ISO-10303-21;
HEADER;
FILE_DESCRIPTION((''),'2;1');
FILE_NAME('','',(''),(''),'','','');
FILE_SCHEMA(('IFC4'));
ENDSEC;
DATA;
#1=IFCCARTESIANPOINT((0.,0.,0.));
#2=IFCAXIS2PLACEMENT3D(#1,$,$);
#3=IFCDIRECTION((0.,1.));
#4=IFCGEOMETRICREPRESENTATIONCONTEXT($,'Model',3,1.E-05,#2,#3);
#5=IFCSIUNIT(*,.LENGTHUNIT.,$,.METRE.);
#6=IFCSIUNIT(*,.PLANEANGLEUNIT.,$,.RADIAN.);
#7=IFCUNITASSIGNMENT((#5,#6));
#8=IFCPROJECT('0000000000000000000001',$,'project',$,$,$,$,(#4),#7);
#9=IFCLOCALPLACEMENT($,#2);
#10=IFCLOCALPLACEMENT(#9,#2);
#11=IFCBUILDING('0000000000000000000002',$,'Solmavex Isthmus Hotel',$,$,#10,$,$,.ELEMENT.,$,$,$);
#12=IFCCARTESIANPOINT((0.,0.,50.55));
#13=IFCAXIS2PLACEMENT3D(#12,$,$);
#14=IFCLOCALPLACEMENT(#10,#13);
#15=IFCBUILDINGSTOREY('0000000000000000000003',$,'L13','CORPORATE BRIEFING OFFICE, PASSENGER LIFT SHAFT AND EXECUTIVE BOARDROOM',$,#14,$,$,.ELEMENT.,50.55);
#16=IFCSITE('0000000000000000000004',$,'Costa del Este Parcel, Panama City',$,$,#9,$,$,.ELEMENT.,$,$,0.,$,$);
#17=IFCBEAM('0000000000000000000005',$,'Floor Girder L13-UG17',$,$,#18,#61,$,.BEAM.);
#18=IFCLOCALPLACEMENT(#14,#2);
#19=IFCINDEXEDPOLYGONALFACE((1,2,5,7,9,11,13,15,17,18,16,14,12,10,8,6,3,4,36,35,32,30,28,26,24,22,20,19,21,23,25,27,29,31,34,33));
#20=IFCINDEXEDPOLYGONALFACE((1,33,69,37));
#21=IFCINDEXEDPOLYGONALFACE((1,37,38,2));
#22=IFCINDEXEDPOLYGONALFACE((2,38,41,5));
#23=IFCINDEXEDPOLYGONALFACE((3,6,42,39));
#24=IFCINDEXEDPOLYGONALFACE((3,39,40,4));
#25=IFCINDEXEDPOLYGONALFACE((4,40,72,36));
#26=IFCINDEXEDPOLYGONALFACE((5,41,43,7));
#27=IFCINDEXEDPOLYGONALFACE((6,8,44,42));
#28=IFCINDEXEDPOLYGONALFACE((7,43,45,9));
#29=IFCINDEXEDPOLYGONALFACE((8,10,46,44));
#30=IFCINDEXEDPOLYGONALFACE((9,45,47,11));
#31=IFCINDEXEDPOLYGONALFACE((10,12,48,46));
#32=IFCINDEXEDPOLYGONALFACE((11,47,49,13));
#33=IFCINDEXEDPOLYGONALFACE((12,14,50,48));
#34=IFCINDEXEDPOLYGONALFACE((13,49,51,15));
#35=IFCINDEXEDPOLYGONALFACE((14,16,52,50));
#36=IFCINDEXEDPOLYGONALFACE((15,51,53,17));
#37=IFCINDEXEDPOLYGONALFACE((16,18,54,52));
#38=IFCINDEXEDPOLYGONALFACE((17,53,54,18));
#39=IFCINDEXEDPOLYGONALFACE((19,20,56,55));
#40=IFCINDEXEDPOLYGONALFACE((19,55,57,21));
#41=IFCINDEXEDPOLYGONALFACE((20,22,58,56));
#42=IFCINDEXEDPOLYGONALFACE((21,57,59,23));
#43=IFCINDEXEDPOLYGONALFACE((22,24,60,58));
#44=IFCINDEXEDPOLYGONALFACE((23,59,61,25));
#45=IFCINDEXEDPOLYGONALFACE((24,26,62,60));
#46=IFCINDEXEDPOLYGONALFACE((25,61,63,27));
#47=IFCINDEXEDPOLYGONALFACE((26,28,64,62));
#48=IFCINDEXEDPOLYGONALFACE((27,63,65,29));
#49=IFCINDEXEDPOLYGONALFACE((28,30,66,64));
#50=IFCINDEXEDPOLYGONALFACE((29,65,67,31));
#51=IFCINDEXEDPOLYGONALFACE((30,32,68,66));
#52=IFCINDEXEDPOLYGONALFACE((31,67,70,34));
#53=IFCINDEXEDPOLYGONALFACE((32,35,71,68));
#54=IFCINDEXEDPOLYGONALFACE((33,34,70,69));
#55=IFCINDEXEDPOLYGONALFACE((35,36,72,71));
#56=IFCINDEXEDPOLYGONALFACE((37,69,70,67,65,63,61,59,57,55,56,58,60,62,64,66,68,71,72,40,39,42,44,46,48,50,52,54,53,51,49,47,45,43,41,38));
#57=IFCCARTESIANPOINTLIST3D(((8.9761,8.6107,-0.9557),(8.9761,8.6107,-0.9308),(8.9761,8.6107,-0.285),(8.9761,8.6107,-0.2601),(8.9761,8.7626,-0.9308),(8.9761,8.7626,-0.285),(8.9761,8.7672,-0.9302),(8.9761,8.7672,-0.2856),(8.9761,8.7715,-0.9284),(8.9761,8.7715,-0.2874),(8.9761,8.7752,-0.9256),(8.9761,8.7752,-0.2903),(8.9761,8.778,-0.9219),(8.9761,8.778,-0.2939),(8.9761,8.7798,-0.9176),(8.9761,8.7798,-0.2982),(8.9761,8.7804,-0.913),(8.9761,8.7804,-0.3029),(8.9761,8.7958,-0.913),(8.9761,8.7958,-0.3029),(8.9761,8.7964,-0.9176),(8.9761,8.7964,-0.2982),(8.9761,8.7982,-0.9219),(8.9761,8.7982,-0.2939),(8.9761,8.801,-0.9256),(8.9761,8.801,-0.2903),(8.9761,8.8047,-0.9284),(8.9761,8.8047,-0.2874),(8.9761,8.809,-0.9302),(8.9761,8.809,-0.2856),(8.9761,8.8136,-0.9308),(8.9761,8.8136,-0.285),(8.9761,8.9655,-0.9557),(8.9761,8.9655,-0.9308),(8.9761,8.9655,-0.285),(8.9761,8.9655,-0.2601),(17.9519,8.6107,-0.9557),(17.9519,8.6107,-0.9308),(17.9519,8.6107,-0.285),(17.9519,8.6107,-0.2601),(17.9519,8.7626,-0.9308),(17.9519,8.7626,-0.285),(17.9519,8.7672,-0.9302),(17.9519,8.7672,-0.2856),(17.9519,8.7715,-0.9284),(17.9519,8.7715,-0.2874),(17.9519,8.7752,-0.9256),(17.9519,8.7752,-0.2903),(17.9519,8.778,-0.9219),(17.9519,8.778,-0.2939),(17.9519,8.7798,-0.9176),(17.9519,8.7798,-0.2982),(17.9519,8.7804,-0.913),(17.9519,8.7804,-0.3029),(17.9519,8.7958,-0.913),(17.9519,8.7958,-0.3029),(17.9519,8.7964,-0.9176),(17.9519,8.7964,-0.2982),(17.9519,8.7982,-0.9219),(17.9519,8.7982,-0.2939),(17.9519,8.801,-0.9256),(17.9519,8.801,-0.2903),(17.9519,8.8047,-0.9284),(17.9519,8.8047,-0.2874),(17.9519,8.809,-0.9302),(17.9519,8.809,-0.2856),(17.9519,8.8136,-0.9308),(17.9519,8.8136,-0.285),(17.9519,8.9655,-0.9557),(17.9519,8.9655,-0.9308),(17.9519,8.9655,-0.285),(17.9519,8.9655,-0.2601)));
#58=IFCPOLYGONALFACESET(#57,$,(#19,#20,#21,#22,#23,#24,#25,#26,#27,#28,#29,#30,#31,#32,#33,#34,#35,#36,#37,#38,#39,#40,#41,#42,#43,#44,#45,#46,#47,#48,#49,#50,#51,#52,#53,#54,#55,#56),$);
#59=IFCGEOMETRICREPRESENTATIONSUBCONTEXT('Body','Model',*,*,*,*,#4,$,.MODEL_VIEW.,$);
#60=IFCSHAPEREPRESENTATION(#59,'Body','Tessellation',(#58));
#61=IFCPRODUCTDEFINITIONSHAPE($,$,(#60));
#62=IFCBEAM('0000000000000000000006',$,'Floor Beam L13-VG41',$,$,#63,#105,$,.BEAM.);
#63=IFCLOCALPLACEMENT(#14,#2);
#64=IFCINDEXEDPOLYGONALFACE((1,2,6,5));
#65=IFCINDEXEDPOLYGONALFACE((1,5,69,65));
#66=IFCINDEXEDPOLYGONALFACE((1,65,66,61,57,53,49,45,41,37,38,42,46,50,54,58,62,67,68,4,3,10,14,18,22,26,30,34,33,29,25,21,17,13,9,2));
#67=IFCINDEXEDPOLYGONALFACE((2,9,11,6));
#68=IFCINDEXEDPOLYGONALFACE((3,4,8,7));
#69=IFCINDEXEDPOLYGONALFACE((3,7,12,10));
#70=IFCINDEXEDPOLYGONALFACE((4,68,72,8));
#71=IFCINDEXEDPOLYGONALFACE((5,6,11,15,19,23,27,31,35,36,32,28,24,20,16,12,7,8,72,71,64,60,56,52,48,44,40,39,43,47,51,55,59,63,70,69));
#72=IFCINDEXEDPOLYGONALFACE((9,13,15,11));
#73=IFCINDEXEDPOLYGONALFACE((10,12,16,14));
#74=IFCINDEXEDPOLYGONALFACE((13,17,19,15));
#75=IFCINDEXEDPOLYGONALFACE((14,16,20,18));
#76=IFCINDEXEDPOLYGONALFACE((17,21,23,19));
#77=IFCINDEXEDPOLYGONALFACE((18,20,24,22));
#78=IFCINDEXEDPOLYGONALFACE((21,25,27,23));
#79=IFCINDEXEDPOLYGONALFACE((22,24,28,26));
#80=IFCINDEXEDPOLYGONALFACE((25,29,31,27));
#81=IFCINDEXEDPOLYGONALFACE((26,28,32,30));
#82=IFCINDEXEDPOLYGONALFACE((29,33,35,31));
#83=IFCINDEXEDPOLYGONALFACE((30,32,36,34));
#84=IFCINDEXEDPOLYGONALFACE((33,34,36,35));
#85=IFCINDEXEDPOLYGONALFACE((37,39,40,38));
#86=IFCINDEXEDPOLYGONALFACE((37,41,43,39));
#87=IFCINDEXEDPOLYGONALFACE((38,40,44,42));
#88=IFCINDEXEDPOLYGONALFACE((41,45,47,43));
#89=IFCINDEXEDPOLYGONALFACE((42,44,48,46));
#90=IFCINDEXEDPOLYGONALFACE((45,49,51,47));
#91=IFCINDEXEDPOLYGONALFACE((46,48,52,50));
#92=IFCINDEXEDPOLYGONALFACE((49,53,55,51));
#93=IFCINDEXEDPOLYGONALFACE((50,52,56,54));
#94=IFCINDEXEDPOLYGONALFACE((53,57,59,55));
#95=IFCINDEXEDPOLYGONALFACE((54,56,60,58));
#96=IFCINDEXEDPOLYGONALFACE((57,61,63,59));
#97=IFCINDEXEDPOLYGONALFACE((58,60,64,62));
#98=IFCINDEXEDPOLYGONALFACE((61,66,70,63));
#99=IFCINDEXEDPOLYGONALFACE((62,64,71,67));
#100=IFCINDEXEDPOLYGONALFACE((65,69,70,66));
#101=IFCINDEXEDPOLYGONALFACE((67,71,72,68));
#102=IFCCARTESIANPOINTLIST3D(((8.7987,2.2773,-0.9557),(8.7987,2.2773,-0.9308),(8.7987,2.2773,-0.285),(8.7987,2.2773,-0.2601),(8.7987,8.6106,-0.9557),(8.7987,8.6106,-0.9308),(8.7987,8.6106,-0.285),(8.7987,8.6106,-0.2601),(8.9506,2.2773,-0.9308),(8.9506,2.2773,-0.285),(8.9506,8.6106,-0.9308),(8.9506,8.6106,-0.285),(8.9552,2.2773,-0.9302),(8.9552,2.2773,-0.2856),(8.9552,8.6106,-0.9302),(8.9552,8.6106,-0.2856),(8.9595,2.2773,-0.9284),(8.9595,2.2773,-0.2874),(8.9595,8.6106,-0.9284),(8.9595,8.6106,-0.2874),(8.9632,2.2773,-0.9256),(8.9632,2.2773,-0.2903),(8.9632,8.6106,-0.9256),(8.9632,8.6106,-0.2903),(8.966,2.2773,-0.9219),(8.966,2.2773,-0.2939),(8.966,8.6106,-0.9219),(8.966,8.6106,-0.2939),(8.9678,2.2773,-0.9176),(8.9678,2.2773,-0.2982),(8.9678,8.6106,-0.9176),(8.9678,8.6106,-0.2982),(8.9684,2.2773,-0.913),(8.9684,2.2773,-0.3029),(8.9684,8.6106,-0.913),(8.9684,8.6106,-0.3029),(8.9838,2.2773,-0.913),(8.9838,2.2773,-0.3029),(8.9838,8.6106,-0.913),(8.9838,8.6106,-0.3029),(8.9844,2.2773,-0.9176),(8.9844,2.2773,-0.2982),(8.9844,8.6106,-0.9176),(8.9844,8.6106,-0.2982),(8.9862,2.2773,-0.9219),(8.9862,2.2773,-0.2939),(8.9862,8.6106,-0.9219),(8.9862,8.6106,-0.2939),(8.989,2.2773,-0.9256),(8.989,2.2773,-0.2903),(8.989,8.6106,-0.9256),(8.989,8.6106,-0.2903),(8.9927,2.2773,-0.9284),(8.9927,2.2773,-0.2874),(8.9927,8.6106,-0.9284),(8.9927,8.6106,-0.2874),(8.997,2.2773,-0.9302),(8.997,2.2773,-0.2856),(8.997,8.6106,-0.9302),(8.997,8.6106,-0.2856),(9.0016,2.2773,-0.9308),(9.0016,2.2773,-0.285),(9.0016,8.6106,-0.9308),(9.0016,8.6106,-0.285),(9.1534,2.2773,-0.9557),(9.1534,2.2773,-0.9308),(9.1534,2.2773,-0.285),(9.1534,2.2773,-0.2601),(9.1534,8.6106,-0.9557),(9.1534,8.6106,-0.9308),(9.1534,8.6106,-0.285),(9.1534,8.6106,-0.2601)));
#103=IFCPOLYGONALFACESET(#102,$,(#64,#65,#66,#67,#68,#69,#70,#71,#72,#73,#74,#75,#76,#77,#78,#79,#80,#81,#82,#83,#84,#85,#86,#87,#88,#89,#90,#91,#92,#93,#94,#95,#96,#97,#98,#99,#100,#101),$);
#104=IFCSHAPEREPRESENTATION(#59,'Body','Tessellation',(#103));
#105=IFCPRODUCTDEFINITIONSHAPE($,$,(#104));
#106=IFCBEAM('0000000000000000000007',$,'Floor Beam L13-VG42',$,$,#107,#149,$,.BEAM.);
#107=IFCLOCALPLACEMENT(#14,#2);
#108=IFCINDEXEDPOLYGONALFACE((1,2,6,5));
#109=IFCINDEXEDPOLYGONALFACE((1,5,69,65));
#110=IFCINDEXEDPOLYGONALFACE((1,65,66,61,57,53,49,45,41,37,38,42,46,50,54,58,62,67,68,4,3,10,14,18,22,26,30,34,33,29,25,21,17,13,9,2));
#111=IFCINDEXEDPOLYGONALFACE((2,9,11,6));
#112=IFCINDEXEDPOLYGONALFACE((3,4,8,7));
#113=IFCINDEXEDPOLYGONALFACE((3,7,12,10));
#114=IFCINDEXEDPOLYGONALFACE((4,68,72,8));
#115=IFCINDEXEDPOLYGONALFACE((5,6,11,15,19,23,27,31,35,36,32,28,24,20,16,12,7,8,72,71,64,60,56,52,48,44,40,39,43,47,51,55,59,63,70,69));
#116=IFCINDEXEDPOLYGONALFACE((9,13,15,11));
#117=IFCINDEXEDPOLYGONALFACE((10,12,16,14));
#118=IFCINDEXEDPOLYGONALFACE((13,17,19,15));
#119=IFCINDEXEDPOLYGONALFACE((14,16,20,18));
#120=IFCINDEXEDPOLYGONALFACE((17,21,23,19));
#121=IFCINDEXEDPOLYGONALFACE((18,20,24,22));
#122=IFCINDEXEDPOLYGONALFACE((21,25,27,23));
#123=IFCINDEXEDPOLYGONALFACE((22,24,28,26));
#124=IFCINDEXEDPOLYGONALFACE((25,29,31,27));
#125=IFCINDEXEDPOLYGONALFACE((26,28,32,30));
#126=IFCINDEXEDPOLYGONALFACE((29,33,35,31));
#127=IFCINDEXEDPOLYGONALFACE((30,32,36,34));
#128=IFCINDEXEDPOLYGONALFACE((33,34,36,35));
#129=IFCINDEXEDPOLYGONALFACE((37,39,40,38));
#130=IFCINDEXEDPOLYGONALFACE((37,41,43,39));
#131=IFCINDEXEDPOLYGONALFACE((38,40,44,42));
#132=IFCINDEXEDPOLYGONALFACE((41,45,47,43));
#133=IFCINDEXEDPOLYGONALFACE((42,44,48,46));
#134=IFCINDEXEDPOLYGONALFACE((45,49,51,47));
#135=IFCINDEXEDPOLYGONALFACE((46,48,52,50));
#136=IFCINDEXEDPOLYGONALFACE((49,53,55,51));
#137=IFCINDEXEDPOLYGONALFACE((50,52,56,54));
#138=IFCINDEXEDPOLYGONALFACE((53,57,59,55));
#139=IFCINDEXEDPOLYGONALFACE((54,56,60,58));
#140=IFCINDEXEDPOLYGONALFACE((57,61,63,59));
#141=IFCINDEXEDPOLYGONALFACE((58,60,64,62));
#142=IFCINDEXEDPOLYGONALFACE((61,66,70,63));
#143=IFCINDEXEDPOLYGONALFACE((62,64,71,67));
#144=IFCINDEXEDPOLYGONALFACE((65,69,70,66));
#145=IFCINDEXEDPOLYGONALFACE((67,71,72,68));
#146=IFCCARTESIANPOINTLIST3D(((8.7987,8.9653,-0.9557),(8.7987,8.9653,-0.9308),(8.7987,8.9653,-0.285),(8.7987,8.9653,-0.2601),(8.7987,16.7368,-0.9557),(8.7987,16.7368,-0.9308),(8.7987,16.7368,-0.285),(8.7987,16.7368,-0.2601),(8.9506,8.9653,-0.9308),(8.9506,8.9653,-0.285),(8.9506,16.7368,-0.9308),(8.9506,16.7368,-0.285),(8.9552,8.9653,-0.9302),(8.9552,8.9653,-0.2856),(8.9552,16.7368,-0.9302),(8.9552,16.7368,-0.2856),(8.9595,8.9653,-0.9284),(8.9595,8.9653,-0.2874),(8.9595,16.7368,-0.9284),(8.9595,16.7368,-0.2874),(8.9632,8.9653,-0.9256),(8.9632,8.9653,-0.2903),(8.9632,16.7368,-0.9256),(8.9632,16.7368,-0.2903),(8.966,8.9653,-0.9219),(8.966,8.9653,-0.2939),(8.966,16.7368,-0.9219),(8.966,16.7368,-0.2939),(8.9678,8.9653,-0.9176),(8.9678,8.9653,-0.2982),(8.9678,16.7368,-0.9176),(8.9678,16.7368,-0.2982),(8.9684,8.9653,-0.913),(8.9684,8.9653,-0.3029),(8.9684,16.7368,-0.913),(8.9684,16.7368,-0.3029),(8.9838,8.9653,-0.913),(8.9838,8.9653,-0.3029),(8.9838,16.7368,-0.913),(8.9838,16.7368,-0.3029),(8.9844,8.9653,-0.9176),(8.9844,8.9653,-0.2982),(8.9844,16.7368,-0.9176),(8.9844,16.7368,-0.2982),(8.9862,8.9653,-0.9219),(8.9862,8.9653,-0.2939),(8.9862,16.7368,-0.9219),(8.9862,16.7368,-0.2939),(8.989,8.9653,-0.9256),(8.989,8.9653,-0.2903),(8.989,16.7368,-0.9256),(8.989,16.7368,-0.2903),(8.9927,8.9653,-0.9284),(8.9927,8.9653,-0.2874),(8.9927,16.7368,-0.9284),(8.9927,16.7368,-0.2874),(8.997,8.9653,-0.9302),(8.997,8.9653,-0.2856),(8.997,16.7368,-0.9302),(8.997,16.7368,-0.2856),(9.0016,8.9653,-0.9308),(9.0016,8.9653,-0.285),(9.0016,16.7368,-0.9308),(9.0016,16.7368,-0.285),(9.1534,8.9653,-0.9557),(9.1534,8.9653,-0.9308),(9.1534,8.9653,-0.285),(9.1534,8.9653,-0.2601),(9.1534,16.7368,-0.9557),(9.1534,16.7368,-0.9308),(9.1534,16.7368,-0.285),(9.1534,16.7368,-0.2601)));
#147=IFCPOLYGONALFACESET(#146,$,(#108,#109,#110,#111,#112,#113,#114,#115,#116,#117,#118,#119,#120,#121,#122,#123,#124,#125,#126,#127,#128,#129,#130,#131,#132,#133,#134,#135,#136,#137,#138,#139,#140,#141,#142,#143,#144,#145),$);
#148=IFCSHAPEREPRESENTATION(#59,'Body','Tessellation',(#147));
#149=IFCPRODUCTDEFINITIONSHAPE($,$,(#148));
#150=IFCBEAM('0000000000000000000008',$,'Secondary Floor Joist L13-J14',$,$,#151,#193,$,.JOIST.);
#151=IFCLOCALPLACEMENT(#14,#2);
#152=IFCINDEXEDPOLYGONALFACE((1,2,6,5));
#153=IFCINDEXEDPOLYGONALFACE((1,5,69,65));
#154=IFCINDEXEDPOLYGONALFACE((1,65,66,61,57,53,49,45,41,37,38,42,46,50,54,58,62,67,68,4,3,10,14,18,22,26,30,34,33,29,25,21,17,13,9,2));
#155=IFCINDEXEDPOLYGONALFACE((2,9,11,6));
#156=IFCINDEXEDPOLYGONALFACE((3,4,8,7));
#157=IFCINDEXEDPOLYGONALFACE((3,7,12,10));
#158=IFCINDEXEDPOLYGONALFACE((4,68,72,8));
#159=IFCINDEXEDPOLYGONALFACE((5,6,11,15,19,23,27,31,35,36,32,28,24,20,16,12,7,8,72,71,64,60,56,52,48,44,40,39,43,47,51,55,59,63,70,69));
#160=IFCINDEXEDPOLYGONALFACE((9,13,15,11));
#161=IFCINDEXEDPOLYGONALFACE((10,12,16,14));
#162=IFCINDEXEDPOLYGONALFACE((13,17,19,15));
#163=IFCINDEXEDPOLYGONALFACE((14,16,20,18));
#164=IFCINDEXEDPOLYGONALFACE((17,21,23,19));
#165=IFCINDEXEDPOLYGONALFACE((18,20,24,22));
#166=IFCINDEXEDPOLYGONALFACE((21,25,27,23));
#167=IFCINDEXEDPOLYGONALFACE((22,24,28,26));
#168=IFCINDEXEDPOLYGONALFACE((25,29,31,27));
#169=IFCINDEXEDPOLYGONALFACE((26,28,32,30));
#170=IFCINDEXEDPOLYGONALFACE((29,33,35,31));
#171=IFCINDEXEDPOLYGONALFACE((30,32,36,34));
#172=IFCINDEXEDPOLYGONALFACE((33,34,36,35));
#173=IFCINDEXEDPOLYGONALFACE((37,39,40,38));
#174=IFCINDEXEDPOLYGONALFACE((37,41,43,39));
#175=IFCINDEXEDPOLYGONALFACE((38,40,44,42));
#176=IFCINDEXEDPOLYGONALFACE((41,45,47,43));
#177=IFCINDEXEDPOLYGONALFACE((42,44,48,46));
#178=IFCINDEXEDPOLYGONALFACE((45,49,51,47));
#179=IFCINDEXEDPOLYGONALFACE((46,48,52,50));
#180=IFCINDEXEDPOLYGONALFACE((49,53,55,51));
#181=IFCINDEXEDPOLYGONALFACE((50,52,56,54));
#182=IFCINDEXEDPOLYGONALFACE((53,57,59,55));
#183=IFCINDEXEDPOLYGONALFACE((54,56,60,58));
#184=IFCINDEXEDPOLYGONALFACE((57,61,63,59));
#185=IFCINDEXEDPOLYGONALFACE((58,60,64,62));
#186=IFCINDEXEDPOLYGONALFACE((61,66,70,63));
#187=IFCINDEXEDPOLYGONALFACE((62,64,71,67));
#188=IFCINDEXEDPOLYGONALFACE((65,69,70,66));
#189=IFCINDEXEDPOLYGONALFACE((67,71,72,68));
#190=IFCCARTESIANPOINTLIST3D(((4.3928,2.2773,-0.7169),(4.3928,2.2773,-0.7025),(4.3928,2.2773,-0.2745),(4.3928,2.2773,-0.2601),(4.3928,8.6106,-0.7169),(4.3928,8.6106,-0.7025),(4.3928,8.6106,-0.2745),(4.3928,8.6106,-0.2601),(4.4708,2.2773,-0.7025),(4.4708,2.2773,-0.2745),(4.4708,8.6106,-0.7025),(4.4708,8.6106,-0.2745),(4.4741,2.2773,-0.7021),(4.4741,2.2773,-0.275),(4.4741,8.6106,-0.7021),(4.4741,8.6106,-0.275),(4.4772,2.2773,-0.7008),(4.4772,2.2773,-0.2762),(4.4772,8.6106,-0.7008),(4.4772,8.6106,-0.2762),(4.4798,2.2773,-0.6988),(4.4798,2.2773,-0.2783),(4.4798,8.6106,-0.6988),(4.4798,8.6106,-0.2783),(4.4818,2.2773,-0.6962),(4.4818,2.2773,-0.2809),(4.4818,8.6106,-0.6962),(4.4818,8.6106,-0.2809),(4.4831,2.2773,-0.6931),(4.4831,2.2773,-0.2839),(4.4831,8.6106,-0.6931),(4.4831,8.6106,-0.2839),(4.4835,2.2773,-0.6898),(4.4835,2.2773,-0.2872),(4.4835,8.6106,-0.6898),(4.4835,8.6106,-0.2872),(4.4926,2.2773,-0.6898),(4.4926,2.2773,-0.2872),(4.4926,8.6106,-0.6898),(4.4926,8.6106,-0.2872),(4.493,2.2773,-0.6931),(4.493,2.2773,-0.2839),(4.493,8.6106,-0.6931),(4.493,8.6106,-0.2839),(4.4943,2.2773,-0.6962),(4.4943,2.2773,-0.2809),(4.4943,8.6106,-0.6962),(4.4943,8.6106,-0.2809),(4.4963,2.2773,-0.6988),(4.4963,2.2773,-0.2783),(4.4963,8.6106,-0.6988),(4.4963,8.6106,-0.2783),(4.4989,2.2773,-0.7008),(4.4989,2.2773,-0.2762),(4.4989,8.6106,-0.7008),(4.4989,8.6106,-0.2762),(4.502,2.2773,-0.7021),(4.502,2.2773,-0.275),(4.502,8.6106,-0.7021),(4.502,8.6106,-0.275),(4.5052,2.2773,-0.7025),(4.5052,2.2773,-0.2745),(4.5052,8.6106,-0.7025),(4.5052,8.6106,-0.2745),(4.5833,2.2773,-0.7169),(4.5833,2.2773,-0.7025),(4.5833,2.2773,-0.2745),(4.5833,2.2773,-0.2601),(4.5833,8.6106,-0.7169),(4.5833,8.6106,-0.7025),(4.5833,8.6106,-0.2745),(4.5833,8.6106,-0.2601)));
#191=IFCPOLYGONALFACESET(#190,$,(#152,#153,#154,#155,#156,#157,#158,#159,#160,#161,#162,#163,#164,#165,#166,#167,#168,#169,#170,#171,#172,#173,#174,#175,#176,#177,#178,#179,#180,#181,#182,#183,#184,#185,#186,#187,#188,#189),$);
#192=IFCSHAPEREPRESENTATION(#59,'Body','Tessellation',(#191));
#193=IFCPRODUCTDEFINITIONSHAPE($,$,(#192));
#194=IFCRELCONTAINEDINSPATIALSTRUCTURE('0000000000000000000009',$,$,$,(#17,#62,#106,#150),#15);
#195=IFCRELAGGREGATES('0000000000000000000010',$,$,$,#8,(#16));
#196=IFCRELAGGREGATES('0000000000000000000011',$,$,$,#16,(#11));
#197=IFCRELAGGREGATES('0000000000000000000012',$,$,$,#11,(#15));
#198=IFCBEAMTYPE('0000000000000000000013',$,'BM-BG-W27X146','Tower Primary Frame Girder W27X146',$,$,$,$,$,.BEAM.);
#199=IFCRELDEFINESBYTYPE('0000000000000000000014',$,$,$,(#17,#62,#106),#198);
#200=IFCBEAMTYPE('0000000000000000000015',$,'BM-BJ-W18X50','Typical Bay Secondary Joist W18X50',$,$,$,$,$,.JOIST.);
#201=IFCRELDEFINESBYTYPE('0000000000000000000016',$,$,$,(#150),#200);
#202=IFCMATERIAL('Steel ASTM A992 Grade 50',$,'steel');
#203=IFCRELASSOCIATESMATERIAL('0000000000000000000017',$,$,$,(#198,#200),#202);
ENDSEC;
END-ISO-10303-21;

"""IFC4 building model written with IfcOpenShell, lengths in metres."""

from ifc_helpers import new_model, si_unit, direction, frame, origin, origin_2d, place, context, subcontext, project, spatial, i_section, extrude, material, material_profile, profile_set, type_object, element, save


model = new_model("IFC4")

# Units and contexts
model_context = context("Model", 3, precision=1e-05, world=origin(), true_north=direction((0.0, 1.0)))
body_context = subcontext(model_context, "Body", "Model", "MODEL_VIEW")
ifc_project = project(units=[si_unit("LENGTHUNIT", "METRE"), si_unit("PLANEANGLEUNIT", "RADIAN")], contexts=[model_context])

# Site, building, storey
site_placement = place(None, origin())
site = spatial("IfcSite", under=ifc_project, at=site_placement, Name="Costa del Este Parcel, Panama City", CompositionType="ELEMENT", RefElevation=0.0)
building_placement = place(site_placement, origin())
building = spatial("IfcBuilding", under=site, at=building_placement, Name="Solmavex Isthmus Hotel", CompositionType="ELEMENT")
storey_placement = place(building_placement, frame((0.0, 0.0, 50.55)))
storey = spatial("IfcBuildingStorey", under=building, at=storey_placement, Name="L13", Description="CORPORATE BRIEFING OFFICE, PASSENGER LIFT SHAFT AND EXECUTIVE BOARDROOM", CompositionType="ELEMENT", Elevation=50.55)

# Beams
ifc_material_1 = material(Name="Steel ASTM A992 Grade 50", Category="steel")
ifc_material_profile_1 = material_profile(ifc_material_1, i_section(OverallWidth=0.3547, OverallDepth=0.6956, WebThickness=0.0154, FlangeThickness=0.0249, FilletRadius=0.0178, at=origin_2d()), Name="W27X146")
ifc_profile_set_1 = profile_set([ifc_material_profile_1], Name="Steel ASTM A992 Grade 50")
beam_type_1 = type_object("IfcBeamType", Name="BM-BG-W27X146", Description="Tower Primary Frame Girder W27X146", PredefinedType="BEAM", material=ifc_profile_set_1)
for number, where, z_axis, x_axis, name in (
    (1, (8.9761, 8.7881, -0.6079), (1.0, 0.0, 0.0), (0.0, 1.0, 0.0), "Floor Girder L13-UG17"),
):
    element("IfcBeam", number, at=place(storey_placement, frame(where, z_axis=z_axis, x_axis=x_axis)), inside=storey, type_object=beam_type_1, Name=name, PredefinedType="BEAM", context=body_context, shape_type="SweptSolid", body=[
        extrude(i_section(OverallWidth=0.3547, OverallDepth=0.6956, WebThickness=0.0154, FlangeThickness=0.0249, FilletRadius=0.0178, at=origin_2d()), origin(), (0.0, 0.0, 1.0), 8.9758),
    ])
beam_1_placement = place(storey_placement, frame((8.9761, 2.2773, -0.6079), z_axis=(0.0, 1.0, 0.0), x_axis=(-1.0, 0.0, 0.0)))
element("IfcBeam", 2, at=beam_1_placement, inside=storey, type_object=beam_type_1, Name="Floor Beam L13-VG41", PredefinedType="BEAM", context=body_context, shape_type="SweptSolid", body=[
    extrude(i_section(OverallWidth=0.3547, OverallDepth=0.6956, WebThickness=0.0154, FlangeThickness=0.0249, FilletRadius=0.0178, at=origin_2d()), origin(), (0.0, 0.0, 1.0), 6.3333),
])
beam_2_placement = place(storey_placement, frame((8.9761, 8.9653, -0.6079), z_axis=(0.0, 1.0, 0.0), x_axis=(-1.0, 0.0, 0.0)))
element("IfcBeam", 3, at=beam_2_placement, inside=storey, type_object=beam_type_1, Name="Floor Beam L13-VG42", PredefinedType="BEAM", context=body_context, shape_type="SweptSolid", body=[
    extrude(i_section(OverallWidth=0.3547, OverallDepth=0.6956, WebThickness=0.0154, FlangeThickness=0.0249, FilletRadius=0.0178, at=origin_2d()), origin(), (0.0, 0.0, 1.0), 7.7715),
])
ifc_material_profile_2 = material_profile(ifc_material_1, i_section(OverallWidth=0.1904, OverallDepth=0.4568, WebThickness=0.009, FlangeThickness=0.0144, FilletRadius=0.0127, at=origin_2d()), Name="W18X50")
ifc_profile_set_2 = profile_set([ifc_material_profile_2], Name="Steel ASTM A992 Grade 50")
beam_type_2 = type_object("IfcBeamType", Name="BM-BJ-W18X50", Description="Typical Bay Secondary Joist W18X50", PredefinedType="JOIST", material=ifc_profile_set_2)
beam_3_placement = place(storey_placement, frame((4.488, 2.2773, -0.4885), z_axis=(0.0, 1.0, 0.0), x_axis=(-1.0, 0.0, 0.0)))
element("IfcBeam", 4, at=beam_3_placement, inside=storey, type_object=beam_type_2, Name="Secondary Floor Joist L13-J14", PredefinedType="JOIST", context=body_context, shape_type="SweptSolid", body=[
    extrude(i_section(OverallWidth=0.1904, OverallDepth=0.4568, WebThickness=0.009, FlangeThickness=0.0144, FilletRadius=0.0127, at=origin_2d()), origin(), (0.0, 0.0, 1.0), 6.3333),
])

save(model, "model.ifc")
